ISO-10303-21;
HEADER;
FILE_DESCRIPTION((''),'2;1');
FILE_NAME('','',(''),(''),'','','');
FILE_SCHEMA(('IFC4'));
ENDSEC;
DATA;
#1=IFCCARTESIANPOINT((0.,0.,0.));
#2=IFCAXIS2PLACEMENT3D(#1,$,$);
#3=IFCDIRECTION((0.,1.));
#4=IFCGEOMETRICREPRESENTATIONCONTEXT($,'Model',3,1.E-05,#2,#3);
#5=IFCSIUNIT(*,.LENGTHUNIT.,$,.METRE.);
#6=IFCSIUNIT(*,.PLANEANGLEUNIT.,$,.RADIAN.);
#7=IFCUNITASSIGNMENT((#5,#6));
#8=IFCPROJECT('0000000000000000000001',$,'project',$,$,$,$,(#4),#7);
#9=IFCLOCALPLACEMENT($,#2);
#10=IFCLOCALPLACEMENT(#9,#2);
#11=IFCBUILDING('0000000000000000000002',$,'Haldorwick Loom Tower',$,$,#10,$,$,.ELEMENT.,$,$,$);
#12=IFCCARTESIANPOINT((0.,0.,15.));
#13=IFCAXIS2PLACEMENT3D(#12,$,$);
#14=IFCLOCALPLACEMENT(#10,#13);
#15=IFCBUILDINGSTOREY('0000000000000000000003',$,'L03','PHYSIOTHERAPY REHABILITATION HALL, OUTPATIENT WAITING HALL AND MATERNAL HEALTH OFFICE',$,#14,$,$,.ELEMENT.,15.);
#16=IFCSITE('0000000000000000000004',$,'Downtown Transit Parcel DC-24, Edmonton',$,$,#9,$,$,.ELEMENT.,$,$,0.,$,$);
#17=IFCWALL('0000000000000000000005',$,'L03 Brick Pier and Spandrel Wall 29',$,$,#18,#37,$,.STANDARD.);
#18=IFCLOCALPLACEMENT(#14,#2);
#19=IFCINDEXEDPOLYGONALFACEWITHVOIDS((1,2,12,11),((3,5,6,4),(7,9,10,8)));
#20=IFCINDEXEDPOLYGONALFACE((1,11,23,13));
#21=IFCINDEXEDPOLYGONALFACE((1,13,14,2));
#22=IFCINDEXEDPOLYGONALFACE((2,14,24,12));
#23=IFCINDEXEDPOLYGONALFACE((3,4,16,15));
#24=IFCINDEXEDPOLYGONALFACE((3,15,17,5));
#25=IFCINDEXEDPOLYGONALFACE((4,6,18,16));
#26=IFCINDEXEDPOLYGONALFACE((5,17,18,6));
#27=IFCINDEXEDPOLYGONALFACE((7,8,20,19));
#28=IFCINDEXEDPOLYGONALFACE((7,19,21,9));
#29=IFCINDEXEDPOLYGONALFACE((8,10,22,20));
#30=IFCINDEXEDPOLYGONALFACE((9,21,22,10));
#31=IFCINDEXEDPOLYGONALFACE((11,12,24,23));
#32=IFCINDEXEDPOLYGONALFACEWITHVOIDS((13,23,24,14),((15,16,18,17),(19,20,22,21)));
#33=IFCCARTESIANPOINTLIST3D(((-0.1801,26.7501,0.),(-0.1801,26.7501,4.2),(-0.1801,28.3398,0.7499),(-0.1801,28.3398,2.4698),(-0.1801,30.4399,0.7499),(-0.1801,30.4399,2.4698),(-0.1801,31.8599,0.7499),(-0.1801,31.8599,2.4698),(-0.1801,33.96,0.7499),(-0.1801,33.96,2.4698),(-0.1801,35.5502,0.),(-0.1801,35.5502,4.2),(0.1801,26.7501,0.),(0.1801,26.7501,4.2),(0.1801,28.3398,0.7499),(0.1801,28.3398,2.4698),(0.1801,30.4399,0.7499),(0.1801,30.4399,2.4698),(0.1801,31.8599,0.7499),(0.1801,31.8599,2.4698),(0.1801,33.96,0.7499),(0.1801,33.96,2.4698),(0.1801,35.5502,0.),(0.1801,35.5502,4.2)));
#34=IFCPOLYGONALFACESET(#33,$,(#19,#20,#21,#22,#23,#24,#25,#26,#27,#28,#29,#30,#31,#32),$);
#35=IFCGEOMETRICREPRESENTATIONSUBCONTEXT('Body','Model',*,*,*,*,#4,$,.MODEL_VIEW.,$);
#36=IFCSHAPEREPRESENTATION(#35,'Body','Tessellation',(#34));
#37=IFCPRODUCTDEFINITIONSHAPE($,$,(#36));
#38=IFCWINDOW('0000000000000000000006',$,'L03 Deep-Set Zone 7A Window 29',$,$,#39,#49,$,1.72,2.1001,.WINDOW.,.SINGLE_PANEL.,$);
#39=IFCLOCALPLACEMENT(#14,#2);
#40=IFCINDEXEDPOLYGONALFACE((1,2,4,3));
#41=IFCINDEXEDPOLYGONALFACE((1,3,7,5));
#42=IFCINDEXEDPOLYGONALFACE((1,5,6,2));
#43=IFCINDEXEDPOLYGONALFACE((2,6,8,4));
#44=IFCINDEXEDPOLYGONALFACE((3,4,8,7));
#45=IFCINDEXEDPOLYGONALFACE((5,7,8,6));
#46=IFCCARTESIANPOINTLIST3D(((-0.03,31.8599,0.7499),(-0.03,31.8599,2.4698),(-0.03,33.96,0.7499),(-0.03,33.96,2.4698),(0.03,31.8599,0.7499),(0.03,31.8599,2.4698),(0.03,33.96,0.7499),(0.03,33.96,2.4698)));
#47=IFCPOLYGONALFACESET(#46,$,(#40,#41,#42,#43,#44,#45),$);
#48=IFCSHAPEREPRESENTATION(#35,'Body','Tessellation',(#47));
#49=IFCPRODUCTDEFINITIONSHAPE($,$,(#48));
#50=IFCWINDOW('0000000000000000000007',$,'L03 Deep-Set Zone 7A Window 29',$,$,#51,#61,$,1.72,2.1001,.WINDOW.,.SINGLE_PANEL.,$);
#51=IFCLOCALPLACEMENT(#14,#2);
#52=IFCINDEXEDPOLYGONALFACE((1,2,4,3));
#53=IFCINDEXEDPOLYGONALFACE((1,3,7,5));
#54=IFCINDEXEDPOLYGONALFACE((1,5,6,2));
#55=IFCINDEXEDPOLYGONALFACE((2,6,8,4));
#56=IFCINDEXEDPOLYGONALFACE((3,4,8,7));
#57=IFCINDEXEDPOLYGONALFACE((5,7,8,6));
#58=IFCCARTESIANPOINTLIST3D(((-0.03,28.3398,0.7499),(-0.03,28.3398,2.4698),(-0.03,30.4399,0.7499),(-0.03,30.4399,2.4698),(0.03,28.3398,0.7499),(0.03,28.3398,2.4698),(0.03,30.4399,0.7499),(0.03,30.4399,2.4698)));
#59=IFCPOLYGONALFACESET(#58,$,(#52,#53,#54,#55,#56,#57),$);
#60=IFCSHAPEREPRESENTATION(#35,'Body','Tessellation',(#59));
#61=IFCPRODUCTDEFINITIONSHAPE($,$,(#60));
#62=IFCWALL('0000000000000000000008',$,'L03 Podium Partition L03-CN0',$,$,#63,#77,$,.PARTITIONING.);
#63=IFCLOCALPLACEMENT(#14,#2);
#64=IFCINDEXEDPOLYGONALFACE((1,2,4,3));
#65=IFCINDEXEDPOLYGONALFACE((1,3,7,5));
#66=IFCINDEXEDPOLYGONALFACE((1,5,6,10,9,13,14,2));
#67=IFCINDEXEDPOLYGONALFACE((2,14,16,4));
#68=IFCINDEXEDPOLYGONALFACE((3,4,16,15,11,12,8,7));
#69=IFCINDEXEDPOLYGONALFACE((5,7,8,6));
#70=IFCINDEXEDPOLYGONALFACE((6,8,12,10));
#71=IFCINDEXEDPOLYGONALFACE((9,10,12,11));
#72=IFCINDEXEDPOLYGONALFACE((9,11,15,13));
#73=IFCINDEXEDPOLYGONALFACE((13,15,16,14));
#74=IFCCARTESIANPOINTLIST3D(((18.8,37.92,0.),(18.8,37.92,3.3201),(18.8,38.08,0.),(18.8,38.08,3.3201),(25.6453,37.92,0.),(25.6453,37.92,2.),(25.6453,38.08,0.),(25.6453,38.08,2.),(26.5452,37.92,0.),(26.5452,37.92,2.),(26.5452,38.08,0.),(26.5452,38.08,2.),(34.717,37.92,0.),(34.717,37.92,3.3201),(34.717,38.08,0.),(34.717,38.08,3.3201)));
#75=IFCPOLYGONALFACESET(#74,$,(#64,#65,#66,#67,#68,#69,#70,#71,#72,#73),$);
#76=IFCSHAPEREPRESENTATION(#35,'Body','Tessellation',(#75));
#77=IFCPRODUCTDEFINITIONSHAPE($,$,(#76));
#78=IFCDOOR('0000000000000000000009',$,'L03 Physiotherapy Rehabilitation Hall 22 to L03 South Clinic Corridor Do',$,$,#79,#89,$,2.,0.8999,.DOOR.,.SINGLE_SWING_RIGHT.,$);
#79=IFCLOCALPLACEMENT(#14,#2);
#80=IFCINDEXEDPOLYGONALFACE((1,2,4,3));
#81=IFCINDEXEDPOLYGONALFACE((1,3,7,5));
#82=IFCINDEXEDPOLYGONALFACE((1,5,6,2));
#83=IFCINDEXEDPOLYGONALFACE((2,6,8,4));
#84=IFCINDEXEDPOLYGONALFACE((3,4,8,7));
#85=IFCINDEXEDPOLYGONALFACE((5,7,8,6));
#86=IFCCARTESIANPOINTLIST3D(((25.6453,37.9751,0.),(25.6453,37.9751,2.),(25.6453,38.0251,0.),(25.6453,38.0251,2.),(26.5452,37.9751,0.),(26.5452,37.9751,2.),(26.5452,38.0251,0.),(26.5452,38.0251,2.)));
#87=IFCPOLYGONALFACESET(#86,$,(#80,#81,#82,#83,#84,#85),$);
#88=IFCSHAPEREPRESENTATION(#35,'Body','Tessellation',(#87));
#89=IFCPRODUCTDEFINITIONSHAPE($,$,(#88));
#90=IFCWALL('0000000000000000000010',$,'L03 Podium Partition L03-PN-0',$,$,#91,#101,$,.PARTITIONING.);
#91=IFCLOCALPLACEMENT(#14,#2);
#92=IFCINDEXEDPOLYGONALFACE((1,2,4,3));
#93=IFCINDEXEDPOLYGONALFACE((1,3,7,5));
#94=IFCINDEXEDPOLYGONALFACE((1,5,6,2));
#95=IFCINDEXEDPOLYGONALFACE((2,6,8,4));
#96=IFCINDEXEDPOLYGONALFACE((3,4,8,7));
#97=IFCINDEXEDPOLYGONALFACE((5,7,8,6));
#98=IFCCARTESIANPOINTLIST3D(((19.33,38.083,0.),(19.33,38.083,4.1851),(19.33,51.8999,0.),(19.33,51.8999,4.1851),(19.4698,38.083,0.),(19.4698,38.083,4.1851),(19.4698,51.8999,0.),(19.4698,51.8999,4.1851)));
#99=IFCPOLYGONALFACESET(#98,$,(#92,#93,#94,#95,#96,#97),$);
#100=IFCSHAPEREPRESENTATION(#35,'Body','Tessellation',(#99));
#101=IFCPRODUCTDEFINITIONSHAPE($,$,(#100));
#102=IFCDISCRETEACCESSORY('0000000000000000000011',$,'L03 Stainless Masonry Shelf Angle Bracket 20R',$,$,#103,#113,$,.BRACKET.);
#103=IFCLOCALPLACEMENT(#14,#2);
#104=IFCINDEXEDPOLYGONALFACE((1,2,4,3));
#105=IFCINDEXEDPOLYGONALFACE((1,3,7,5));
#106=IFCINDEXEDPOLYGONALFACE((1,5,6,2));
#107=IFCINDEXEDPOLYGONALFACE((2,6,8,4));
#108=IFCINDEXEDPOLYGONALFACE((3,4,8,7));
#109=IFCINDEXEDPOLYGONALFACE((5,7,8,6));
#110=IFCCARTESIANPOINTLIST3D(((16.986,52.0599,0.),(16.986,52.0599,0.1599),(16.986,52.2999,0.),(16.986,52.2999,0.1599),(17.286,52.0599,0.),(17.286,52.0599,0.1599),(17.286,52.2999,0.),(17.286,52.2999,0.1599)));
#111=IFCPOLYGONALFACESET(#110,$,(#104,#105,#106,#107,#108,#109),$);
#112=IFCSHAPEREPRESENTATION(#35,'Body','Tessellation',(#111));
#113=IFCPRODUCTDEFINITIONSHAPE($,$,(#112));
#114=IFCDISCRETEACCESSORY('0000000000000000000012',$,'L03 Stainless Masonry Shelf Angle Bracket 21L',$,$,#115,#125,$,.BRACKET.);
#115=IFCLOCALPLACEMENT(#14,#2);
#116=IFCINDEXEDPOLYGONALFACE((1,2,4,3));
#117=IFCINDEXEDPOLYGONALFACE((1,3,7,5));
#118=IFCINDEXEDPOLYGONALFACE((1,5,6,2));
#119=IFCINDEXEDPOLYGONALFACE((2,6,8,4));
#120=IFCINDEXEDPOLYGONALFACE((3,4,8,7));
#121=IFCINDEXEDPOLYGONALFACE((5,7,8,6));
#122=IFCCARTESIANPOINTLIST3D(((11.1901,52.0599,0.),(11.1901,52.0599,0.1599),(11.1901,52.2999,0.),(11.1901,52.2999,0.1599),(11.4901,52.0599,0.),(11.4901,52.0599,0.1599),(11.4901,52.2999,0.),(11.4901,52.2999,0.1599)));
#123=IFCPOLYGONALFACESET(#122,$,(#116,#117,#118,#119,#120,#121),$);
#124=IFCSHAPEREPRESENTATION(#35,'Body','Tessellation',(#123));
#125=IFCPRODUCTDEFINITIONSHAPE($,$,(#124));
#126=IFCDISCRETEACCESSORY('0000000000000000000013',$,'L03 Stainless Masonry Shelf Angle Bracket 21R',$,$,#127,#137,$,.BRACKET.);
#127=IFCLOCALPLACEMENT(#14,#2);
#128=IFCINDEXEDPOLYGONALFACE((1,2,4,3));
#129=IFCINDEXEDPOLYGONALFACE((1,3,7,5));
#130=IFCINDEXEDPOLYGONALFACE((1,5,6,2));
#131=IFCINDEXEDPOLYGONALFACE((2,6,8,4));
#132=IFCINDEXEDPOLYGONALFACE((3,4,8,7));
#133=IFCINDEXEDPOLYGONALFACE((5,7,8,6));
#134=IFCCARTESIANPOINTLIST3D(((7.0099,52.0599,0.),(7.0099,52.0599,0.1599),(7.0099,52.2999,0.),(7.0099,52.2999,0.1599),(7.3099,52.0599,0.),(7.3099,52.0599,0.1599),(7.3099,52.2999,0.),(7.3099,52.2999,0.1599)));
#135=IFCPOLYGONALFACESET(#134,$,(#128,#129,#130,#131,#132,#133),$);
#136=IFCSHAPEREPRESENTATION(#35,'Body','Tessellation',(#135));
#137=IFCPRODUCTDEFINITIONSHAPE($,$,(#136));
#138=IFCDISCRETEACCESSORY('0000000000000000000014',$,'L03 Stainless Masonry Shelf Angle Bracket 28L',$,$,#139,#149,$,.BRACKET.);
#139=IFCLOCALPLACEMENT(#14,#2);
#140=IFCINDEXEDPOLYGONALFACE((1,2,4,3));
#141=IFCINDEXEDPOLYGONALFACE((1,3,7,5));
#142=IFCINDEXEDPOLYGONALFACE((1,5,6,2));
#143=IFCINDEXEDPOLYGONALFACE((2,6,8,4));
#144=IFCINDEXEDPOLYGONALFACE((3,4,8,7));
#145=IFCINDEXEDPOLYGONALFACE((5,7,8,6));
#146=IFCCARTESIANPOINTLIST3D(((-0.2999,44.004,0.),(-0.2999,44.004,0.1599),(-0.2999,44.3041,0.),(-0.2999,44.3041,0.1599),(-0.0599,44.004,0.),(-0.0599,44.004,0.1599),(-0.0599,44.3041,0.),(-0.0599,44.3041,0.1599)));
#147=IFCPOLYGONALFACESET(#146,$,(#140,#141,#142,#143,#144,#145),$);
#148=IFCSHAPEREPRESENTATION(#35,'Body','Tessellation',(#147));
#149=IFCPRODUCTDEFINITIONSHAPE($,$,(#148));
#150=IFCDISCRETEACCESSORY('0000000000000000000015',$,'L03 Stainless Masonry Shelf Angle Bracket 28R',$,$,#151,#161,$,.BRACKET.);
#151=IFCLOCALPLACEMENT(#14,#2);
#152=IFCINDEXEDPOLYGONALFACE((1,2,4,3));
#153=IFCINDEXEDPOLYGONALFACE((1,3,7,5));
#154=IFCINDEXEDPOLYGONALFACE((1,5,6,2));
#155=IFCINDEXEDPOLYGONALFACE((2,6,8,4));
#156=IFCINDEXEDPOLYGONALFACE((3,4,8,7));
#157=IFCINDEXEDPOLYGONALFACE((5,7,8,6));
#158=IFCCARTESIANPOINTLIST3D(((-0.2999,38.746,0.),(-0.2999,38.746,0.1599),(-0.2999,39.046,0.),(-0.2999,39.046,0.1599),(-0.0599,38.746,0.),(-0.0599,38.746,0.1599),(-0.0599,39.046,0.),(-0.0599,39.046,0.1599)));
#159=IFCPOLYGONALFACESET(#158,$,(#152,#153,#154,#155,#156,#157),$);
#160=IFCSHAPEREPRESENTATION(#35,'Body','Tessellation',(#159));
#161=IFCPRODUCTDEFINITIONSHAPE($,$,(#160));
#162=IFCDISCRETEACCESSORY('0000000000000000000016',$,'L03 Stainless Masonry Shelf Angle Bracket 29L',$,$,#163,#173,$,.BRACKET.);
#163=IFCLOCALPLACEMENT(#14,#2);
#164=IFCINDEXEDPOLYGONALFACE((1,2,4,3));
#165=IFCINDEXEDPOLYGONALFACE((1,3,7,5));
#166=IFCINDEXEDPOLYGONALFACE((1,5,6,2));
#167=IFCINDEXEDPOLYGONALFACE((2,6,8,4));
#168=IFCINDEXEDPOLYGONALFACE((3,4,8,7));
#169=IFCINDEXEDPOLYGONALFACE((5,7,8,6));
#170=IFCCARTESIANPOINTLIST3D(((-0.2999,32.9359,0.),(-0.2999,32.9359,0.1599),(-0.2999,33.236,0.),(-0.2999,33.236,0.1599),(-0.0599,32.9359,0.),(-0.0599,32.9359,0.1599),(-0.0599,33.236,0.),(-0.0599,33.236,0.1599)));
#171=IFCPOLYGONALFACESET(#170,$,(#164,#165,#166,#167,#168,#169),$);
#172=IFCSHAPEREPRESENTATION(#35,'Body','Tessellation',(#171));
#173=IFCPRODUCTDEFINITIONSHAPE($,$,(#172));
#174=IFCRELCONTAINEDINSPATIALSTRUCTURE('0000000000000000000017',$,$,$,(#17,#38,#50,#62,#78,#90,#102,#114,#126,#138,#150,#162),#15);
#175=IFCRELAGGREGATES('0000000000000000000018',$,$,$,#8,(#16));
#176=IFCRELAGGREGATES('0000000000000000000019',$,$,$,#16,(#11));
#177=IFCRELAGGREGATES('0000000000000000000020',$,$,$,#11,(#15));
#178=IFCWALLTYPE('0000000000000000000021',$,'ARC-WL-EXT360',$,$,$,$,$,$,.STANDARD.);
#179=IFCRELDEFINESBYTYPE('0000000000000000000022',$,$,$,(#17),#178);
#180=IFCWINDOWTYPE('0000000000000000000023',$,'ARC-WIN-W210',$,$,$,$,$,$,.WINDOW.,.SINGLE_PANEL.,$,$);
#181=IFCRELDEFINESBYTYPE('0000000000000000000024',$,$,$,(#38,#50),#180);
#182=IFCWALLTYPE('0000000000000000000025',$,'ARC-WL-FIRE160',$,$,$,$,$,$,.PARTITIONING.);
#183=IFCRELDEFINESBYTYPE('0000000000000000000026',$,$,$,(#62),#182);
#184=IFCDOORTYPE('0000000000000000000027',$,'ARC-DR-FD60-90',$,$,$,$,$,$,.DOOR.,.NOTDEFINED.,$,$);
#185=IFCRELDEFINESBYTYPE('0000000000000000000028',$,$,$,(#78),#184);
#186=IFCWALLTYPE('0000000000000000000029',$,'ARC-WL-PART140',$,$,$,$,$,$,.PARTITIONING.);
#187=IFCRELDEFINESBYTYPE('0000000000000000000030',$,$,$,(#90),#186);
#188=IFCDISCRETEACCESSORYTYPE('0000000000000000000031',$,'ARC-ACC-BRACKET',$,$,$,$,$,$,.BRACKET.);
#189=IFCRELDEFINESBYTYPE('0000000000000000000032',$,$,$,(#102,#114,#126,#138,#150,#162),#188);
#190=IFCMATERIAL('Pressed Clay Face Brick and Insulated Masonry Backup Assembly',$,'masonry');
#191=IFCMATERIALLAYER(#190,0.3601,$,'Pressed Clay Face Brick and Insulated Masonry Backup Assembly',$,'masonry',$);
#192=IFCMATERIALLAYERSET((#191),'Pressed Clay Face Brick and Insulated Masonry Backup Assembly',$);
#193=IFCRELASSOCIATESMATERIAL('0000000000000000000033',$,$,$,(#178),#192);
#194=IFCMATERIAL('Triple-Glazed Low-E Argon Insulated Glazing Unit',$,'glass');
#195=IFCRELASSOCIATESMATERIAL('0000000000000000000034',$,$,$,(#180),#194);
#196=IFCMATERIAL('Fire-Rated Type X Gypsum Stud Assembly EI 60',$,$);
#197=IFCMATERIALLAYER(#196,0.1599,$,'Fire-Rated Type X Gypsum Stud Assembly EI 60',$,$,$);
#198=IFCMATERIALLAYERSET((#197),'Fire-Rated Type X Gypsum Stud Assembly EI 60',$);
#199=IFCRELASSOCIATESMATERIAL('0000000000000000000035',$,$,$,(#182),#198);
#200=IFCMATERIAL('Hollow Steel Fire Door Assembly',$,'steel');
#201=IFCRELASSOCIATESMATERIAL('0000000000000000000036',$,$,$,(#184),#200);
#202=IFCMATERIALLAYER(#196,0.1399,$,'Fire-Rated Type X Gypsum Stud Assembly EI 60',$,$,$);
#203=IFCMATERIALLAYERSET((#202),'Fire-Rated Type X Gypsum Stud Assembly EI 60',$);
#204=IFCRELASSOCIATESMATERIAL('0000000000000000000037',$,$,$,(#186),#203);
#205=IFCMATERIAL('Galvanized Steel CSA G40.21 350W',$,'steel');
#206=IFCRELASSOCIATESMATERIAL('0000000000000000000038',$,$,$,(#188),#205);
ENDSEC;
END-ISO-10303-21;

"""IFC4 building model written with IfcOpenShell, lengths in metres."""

from ifc_helpers import new_model, si_unit, direction, frame, frame_2d, origin, origin_2d, place, context, subcontext, project, spatial, rectangle, extrude, material, layer, layer_set, type_object, element, fill, save


model = new_model("IFC4")

# Units and contexts
model_context = context("Model", 3, precision=1e-05, world=origin(), true_north=direction((0.0, 1.0)))
body_context = subcontext(model_context, "Body", "Model", "MODEL_VIEW")
ifc_project = project(units=[si_unit("LENGTHUNIT", "METRE"), si_unit("PLANEANGLEUNIT", "RADIAN")], contexts=[model_context])

# Site, building, storey
site_placement = place(None, origin())
site = spatial("IfcSite", under=ifc_project, at=site_placement, Name="Downtown Transit Parcel DC-24, Edmonton", CompositionType="ELEMENT", RefElevation=0.0)
building_placement = place(site_placement, origin())
building = spatial("IfcBuilding", under=site, at=building_placement, Name="Haldorwick Loom Tower", CompositionType="ELEMENT")
storey_placement = place(building_placement, frame((0.0, 0.0, 15.0)))
storey = spatial("IfcBuildingStorey", under=building, at=storey_placement, Name="L03", Description="PHYSIOTHERAPY REHABILITATION HALL, OUTPATIENT WAITING HALL AND MATERNAL HEALTH OFFICE", CompositionType="ELEMENT", Elevation=15.0)

# Shared definitions
ifc_material_1 = material(Name="Pressed Clay Face Brick and Insulated Masonry Backup Assembly", Category="masonry")
ifc_layer_1 = layer(ifc_material_1, 0.3601, Name="Pressed Clay Face Brick and Insulated Masonry Backup Assembly", Category="masonry")
ifc_layer_set_1 = layer_set([ifc_layer_1], Name="Pressed Clay Face Brick and Insulated Masonry Backup Assembly")
wall_type_1 = type_object("IfcWallType", Name="ARC-WL-EXT360", PredefinedType="STANDARD", material=ifc_layer_set_1)
ifc_material_2 = material(Name="Triple-Glazed Low-E Argon Insulated Glazing Unit", Category="glass")
window_type = type_object("IfcWindowType", Name="ARC-WIN-W210", PartitioningType="SINGLE_PANEL", PredefinedType="WINDOW", material=ifc_material_2)

# Wall, openings, windows
wall_1_placement = place(storey_placement, frame((0.0, 35.55, 0.0), z_axis=(0.0, 0.0, 1.0), x_axis=(0.0, -1.0, 0.0)))
wall_1 = element("IfcWall", 1, at=wall_1_placement, inside=storey, type_object=wall_type_1, Name="L03 Brick Pier and Spandrel Wall 29", PredefinedType="STANDARD", context=body_context, shape_type="SweptSolid", body=[
    extrude(rectangle(XDim=8.8, YDim=0.3601, at=frame_2d((4.3999, 0.0))), origin(), (0.0, 0.0, 1.0), 4.2),
])
opening_1_placement = place(wall_1_placement, frame((1.5901, 0.0, 0.75)))
opening_1 = element("IfcOpeningElement", 2, at=opening_1_placement, cuts=wall_1, PredefinedType="OPENING", context=body_context, shape_type="SweptSolid", body=[
    extrude(rectangle(XDim=2.1001, YDim=1.72, at=frame_2d((1.05, 0.8599))), frame((0.0, 0.1899, 0.0), z_axis=(0.0, -1.0, 0.0), x_axis=(1.0, 0.0, 0.0)), (0.0, 0.0, 1.0), 0.3801),
])
opening_2_placement = place(wall_1_placement, frame((5.1101, 0.0, 0.75)))
opening_2 = element("IfcOpeningElement", 3, at=opening_2_placement, cuts=wall_1, PredefinedType="OPENING", context=body_context, shape_type="SweptSolid", body=[
    extrude(rectangle(XDim=2.1001, YDim=1.72, at=frame_2d((1.05, 0.8599))), frame((0.0, 0.1899, 0.0), z_axis=(0.0, -1.0, 0.0), x_axis=(1.0, 0.0, 0.0)), (0.0, 0.0, 1.0), 0.3801),
])
window_1_placement = place(opening_1_placement, origin())
window_1 = element("IfcWindow", 4, at=window_1_placement, inside=storey, type_object=window_type, Name="L03 Deep-Set Zone 7A Window 29", OverallHeight=1.72, OverallWidth=2.1001, PartitioningType="SINGLE_PANEL", PredefinedType="WINDOW", context=body_context, shape_type="SweptSolid", body=[
    extrude(rectangle(XDim=2.1001, YDim=1.72, at=frame_2d((1.05, 0.8599))), frame((0.0, 0.03, 0.0), z_axis=(0.0, -1.0, 0.0), x_axis=(1.0, 0.0, 0.0)), (0.0, 0.0, 1.0), 0.0601),
])
fill(opening_1, window_1)
window_2_placement = place(opening_2_placement, origin())
window_2 = element("IfcWindow", 5, at=window_2_placement, inside=storey, type_object=window_type, Name="L03 Deep-Set Zone 7A Window 29", OverallHeight=1.72, OverallWidth=2.1001, PartitioningType="SINGLE_PANEL", PredefinedType="WINDOW", context=body_context, shape_type="SweptSolid", body=[
    extrude(rectangle(XDim=2.1001, YDim=1.72, at=frame_2d((1.05, 0.8599))), frame((0.0, 0.03, 0.0), z_axis=(0.0, -1.0, 0.0), x_axis=(1.0, 0.0, 0.0)), (0.0, 0.0, 1.0), 0.0601),
])
fill(opening_2, window_2)

# Wall, opening, door
ifc_material_3 = material(Name="Fire-Rated Type X Gypsum Stud Assembly EI 60")
ifc_layer_2 = layer(ifc_material_3, 0.1599, Name="Fire-Rated Type X Gypsum Stud Assembly EI 60")
ifc_layer_set_2 = layer_set([ifc_layer_2], Name="Fire-Rated Type X Gypsum Stud Assembly EI 60")
wall_type_2 = type_object("IfcWallType", Name="ARC-WL-FIRE160", PredefinedType="PARTITIONING", material=ifc_layer_set_2)
wall_2_placement = place(storey_placement, frame((18.8, 38.0, 0.0), z_axis=(0.0, 0.0, 1.0), x_axis=(1.0, 0.0, 0.0)))
wall_2 = element("IfcWall", 6, at=wall_2_placement, inside=storey, type_object=wall_type_2, Name="L03 Podium Partition L03-CN0", PredefinedType="PARTITIONING", context=body_context, shape_type="SweptSolid", body=[
    extrude(rectangle(XDim=15.917, YDim=0.1599, at=frame_2d((7.9585, 0.0))), origin(), (0.0, 0.0, 1.0), 3.3201),
])
opening_3_placement = place(wall_2_placement, frame((6.8452, 0.0, 0.0)))
opening_3 = element("IfcOpeningElement", 7, at=opening_3_placement, cuts=wall_2, PredefinedType="OPENING", context=body_context, shape_type="SweptSolid", body=[
    extrude(rectangle(XDim=0.8999, YDim=2.0, at=frame_2d((0.45, 1.0))), frame((0.0, 0.0898, 0.0), z_axis=(0.0, -1.0, 0.0), x_axis=(1.0, 0.0, 0.0)), (0.0, 0.0, 1.0), 0.1799),
])
ifc_material_4 = material(Name="Hollow Steel Fire Door Assembly", Category="steel")
door_type = type_object("IfcDoorType", Name="ARC-DR-FD60-90", OperationType="NOTDEFINED", PredefinedType="DOOR", material=ifc_material_4)
door_placement = place(opening_3_placement, frame((0.8999, 0.0, 0.0), z_axis=(0.0, 0.0, 1.0), x_axis=(-1.0, 0.0, 0.0)))
door = element("IfcDoor", 8, at=door_placement, inside=storey, type_object=door_type, Name="L03 Physiotherapy Rehabilitation Hall 22 to L03 South Clinic Corridor Do", OperationType="SINGLE_SWING_RIGHT", OverallHeight=2.0, OverallWidth=0.8999, PredefinedType="DOOR", context=body_context, shape_type="SweptSolid", body=[
    extrude(rectangle(XDim=0.8999, YDim=2.0, at=frame_2d((0.45, 1.0))), frame((0.0, 0.0249, 0.0), z_axis=(0.0, -1.0, 0.0), x_axis=(1.0, 0.0, 0.0)), (0.0, 0.0, 1.0), 0.05),
])
fill(opening_3, door)

# Wall
ifc_layer_3 = layer(ifc_material_3, 0.1399, Name="Fire-Rated Type X Gypsum Stud Assembly EI 60")
ifc_layer_set_3 = layer_set([ifc_layer_3], Name="Fire-Rated Type X Gypsum Stud Assembly EI 60")
wall_type_3 = type_object("IfcWallType", Name="ARC-WL-PART140", PredefinedType="PARTITIONING", material=ifc_layer_set_3)
wall_3_placement = place(storey_placement, frame((19.3999, 38.083, 0.0), z_axis=(0.0, 0.0, 1.0), x_axis=(0.0, 1.0, 0.0)))
element("IfcWall", 9, at=wall_3_placement, inside=storey, type_object=wall_type_3, Name="L03 Podium Partition L03-PN-0", PredefinedType="PARTITIONING", context=body_context, shape_type="SweptSolid", body=[
    extrude(rectangle(XDim=13.8169, YDim=0.1399, at=frame_2d((6.9084, 0.0))), origin(), (0.0, 0.0, 1.0), 4.1851),
])

# Discrete accessories
ifc_material_5 = material(Name="Galvanized Steel CSA G40.21 350W", Category="steel")
discrete_accessory_type = type_object("IfcDiscreteAccessoryType", Name="ARC-ACC-BRACKET", PredefinedType="BRACKET", material=ifc_material_5)
for number, where, z_axis, x_axis, name in (
    (10, (17.136, 52.1799, 0.0), (0.0, 0.0, 1.0), (-1.0, 0.0, 0.0), "L03 Stainless Masonry Shelf Angle Bracket 20R"),
    (11, (11.3401, 52.1799, 0.0), (0.0, 0.0, 1.0), (-1.0, 0.0, 0.0), "L03 Stainless Masonry Shelf Angle Bracket 21L"),
    (12, (7.1599, 52.1799, 0.0), (0.0, 0.0, 1.0), (-1.0, 0.0, 0.0), "L03 Stainless Masonry Shelf Angle Bracket 21R"),
    (13, (-0.1799, 44.1541, 0.0), (0.0, 0.0, 1.0), (0.0, -1.0, 0.0), "L03 Stainless Masonry Shelf Angle Bracket 28L"),
    (14, (-0.1799, 38.896, 0.0), (0.0, 0.0, 1.0), (0.0, -1.0, 0.0), "L03 Stainless Masonry Shelf Angle Bracket 28R"),
    (15, (-0.1799, 33.0859, 0.0), (0.0, 0.0, 1.0), (0.0, -1.0, 0.0), "L03 Stainless Masonry Shelf Angle Bracket 29L"),
):
    element("IfcDiscreteAccessory", number, at=place(storey_placement, frame(where, z_axis=z_axis, x_axis=x_axis)), inside=storey, type_object=discrete_accessory_type, Name=name, PredefinedType="BRACKET", context=body_context, shape_type="SweptSolid", body=[
        extrude(rectangle(XDim=0.3, YDim=0.24, at=origin_2d()), origin(), (0.0, 0.0, 1.0), 0.1599),
    ])

save(model, "model.ifc")
